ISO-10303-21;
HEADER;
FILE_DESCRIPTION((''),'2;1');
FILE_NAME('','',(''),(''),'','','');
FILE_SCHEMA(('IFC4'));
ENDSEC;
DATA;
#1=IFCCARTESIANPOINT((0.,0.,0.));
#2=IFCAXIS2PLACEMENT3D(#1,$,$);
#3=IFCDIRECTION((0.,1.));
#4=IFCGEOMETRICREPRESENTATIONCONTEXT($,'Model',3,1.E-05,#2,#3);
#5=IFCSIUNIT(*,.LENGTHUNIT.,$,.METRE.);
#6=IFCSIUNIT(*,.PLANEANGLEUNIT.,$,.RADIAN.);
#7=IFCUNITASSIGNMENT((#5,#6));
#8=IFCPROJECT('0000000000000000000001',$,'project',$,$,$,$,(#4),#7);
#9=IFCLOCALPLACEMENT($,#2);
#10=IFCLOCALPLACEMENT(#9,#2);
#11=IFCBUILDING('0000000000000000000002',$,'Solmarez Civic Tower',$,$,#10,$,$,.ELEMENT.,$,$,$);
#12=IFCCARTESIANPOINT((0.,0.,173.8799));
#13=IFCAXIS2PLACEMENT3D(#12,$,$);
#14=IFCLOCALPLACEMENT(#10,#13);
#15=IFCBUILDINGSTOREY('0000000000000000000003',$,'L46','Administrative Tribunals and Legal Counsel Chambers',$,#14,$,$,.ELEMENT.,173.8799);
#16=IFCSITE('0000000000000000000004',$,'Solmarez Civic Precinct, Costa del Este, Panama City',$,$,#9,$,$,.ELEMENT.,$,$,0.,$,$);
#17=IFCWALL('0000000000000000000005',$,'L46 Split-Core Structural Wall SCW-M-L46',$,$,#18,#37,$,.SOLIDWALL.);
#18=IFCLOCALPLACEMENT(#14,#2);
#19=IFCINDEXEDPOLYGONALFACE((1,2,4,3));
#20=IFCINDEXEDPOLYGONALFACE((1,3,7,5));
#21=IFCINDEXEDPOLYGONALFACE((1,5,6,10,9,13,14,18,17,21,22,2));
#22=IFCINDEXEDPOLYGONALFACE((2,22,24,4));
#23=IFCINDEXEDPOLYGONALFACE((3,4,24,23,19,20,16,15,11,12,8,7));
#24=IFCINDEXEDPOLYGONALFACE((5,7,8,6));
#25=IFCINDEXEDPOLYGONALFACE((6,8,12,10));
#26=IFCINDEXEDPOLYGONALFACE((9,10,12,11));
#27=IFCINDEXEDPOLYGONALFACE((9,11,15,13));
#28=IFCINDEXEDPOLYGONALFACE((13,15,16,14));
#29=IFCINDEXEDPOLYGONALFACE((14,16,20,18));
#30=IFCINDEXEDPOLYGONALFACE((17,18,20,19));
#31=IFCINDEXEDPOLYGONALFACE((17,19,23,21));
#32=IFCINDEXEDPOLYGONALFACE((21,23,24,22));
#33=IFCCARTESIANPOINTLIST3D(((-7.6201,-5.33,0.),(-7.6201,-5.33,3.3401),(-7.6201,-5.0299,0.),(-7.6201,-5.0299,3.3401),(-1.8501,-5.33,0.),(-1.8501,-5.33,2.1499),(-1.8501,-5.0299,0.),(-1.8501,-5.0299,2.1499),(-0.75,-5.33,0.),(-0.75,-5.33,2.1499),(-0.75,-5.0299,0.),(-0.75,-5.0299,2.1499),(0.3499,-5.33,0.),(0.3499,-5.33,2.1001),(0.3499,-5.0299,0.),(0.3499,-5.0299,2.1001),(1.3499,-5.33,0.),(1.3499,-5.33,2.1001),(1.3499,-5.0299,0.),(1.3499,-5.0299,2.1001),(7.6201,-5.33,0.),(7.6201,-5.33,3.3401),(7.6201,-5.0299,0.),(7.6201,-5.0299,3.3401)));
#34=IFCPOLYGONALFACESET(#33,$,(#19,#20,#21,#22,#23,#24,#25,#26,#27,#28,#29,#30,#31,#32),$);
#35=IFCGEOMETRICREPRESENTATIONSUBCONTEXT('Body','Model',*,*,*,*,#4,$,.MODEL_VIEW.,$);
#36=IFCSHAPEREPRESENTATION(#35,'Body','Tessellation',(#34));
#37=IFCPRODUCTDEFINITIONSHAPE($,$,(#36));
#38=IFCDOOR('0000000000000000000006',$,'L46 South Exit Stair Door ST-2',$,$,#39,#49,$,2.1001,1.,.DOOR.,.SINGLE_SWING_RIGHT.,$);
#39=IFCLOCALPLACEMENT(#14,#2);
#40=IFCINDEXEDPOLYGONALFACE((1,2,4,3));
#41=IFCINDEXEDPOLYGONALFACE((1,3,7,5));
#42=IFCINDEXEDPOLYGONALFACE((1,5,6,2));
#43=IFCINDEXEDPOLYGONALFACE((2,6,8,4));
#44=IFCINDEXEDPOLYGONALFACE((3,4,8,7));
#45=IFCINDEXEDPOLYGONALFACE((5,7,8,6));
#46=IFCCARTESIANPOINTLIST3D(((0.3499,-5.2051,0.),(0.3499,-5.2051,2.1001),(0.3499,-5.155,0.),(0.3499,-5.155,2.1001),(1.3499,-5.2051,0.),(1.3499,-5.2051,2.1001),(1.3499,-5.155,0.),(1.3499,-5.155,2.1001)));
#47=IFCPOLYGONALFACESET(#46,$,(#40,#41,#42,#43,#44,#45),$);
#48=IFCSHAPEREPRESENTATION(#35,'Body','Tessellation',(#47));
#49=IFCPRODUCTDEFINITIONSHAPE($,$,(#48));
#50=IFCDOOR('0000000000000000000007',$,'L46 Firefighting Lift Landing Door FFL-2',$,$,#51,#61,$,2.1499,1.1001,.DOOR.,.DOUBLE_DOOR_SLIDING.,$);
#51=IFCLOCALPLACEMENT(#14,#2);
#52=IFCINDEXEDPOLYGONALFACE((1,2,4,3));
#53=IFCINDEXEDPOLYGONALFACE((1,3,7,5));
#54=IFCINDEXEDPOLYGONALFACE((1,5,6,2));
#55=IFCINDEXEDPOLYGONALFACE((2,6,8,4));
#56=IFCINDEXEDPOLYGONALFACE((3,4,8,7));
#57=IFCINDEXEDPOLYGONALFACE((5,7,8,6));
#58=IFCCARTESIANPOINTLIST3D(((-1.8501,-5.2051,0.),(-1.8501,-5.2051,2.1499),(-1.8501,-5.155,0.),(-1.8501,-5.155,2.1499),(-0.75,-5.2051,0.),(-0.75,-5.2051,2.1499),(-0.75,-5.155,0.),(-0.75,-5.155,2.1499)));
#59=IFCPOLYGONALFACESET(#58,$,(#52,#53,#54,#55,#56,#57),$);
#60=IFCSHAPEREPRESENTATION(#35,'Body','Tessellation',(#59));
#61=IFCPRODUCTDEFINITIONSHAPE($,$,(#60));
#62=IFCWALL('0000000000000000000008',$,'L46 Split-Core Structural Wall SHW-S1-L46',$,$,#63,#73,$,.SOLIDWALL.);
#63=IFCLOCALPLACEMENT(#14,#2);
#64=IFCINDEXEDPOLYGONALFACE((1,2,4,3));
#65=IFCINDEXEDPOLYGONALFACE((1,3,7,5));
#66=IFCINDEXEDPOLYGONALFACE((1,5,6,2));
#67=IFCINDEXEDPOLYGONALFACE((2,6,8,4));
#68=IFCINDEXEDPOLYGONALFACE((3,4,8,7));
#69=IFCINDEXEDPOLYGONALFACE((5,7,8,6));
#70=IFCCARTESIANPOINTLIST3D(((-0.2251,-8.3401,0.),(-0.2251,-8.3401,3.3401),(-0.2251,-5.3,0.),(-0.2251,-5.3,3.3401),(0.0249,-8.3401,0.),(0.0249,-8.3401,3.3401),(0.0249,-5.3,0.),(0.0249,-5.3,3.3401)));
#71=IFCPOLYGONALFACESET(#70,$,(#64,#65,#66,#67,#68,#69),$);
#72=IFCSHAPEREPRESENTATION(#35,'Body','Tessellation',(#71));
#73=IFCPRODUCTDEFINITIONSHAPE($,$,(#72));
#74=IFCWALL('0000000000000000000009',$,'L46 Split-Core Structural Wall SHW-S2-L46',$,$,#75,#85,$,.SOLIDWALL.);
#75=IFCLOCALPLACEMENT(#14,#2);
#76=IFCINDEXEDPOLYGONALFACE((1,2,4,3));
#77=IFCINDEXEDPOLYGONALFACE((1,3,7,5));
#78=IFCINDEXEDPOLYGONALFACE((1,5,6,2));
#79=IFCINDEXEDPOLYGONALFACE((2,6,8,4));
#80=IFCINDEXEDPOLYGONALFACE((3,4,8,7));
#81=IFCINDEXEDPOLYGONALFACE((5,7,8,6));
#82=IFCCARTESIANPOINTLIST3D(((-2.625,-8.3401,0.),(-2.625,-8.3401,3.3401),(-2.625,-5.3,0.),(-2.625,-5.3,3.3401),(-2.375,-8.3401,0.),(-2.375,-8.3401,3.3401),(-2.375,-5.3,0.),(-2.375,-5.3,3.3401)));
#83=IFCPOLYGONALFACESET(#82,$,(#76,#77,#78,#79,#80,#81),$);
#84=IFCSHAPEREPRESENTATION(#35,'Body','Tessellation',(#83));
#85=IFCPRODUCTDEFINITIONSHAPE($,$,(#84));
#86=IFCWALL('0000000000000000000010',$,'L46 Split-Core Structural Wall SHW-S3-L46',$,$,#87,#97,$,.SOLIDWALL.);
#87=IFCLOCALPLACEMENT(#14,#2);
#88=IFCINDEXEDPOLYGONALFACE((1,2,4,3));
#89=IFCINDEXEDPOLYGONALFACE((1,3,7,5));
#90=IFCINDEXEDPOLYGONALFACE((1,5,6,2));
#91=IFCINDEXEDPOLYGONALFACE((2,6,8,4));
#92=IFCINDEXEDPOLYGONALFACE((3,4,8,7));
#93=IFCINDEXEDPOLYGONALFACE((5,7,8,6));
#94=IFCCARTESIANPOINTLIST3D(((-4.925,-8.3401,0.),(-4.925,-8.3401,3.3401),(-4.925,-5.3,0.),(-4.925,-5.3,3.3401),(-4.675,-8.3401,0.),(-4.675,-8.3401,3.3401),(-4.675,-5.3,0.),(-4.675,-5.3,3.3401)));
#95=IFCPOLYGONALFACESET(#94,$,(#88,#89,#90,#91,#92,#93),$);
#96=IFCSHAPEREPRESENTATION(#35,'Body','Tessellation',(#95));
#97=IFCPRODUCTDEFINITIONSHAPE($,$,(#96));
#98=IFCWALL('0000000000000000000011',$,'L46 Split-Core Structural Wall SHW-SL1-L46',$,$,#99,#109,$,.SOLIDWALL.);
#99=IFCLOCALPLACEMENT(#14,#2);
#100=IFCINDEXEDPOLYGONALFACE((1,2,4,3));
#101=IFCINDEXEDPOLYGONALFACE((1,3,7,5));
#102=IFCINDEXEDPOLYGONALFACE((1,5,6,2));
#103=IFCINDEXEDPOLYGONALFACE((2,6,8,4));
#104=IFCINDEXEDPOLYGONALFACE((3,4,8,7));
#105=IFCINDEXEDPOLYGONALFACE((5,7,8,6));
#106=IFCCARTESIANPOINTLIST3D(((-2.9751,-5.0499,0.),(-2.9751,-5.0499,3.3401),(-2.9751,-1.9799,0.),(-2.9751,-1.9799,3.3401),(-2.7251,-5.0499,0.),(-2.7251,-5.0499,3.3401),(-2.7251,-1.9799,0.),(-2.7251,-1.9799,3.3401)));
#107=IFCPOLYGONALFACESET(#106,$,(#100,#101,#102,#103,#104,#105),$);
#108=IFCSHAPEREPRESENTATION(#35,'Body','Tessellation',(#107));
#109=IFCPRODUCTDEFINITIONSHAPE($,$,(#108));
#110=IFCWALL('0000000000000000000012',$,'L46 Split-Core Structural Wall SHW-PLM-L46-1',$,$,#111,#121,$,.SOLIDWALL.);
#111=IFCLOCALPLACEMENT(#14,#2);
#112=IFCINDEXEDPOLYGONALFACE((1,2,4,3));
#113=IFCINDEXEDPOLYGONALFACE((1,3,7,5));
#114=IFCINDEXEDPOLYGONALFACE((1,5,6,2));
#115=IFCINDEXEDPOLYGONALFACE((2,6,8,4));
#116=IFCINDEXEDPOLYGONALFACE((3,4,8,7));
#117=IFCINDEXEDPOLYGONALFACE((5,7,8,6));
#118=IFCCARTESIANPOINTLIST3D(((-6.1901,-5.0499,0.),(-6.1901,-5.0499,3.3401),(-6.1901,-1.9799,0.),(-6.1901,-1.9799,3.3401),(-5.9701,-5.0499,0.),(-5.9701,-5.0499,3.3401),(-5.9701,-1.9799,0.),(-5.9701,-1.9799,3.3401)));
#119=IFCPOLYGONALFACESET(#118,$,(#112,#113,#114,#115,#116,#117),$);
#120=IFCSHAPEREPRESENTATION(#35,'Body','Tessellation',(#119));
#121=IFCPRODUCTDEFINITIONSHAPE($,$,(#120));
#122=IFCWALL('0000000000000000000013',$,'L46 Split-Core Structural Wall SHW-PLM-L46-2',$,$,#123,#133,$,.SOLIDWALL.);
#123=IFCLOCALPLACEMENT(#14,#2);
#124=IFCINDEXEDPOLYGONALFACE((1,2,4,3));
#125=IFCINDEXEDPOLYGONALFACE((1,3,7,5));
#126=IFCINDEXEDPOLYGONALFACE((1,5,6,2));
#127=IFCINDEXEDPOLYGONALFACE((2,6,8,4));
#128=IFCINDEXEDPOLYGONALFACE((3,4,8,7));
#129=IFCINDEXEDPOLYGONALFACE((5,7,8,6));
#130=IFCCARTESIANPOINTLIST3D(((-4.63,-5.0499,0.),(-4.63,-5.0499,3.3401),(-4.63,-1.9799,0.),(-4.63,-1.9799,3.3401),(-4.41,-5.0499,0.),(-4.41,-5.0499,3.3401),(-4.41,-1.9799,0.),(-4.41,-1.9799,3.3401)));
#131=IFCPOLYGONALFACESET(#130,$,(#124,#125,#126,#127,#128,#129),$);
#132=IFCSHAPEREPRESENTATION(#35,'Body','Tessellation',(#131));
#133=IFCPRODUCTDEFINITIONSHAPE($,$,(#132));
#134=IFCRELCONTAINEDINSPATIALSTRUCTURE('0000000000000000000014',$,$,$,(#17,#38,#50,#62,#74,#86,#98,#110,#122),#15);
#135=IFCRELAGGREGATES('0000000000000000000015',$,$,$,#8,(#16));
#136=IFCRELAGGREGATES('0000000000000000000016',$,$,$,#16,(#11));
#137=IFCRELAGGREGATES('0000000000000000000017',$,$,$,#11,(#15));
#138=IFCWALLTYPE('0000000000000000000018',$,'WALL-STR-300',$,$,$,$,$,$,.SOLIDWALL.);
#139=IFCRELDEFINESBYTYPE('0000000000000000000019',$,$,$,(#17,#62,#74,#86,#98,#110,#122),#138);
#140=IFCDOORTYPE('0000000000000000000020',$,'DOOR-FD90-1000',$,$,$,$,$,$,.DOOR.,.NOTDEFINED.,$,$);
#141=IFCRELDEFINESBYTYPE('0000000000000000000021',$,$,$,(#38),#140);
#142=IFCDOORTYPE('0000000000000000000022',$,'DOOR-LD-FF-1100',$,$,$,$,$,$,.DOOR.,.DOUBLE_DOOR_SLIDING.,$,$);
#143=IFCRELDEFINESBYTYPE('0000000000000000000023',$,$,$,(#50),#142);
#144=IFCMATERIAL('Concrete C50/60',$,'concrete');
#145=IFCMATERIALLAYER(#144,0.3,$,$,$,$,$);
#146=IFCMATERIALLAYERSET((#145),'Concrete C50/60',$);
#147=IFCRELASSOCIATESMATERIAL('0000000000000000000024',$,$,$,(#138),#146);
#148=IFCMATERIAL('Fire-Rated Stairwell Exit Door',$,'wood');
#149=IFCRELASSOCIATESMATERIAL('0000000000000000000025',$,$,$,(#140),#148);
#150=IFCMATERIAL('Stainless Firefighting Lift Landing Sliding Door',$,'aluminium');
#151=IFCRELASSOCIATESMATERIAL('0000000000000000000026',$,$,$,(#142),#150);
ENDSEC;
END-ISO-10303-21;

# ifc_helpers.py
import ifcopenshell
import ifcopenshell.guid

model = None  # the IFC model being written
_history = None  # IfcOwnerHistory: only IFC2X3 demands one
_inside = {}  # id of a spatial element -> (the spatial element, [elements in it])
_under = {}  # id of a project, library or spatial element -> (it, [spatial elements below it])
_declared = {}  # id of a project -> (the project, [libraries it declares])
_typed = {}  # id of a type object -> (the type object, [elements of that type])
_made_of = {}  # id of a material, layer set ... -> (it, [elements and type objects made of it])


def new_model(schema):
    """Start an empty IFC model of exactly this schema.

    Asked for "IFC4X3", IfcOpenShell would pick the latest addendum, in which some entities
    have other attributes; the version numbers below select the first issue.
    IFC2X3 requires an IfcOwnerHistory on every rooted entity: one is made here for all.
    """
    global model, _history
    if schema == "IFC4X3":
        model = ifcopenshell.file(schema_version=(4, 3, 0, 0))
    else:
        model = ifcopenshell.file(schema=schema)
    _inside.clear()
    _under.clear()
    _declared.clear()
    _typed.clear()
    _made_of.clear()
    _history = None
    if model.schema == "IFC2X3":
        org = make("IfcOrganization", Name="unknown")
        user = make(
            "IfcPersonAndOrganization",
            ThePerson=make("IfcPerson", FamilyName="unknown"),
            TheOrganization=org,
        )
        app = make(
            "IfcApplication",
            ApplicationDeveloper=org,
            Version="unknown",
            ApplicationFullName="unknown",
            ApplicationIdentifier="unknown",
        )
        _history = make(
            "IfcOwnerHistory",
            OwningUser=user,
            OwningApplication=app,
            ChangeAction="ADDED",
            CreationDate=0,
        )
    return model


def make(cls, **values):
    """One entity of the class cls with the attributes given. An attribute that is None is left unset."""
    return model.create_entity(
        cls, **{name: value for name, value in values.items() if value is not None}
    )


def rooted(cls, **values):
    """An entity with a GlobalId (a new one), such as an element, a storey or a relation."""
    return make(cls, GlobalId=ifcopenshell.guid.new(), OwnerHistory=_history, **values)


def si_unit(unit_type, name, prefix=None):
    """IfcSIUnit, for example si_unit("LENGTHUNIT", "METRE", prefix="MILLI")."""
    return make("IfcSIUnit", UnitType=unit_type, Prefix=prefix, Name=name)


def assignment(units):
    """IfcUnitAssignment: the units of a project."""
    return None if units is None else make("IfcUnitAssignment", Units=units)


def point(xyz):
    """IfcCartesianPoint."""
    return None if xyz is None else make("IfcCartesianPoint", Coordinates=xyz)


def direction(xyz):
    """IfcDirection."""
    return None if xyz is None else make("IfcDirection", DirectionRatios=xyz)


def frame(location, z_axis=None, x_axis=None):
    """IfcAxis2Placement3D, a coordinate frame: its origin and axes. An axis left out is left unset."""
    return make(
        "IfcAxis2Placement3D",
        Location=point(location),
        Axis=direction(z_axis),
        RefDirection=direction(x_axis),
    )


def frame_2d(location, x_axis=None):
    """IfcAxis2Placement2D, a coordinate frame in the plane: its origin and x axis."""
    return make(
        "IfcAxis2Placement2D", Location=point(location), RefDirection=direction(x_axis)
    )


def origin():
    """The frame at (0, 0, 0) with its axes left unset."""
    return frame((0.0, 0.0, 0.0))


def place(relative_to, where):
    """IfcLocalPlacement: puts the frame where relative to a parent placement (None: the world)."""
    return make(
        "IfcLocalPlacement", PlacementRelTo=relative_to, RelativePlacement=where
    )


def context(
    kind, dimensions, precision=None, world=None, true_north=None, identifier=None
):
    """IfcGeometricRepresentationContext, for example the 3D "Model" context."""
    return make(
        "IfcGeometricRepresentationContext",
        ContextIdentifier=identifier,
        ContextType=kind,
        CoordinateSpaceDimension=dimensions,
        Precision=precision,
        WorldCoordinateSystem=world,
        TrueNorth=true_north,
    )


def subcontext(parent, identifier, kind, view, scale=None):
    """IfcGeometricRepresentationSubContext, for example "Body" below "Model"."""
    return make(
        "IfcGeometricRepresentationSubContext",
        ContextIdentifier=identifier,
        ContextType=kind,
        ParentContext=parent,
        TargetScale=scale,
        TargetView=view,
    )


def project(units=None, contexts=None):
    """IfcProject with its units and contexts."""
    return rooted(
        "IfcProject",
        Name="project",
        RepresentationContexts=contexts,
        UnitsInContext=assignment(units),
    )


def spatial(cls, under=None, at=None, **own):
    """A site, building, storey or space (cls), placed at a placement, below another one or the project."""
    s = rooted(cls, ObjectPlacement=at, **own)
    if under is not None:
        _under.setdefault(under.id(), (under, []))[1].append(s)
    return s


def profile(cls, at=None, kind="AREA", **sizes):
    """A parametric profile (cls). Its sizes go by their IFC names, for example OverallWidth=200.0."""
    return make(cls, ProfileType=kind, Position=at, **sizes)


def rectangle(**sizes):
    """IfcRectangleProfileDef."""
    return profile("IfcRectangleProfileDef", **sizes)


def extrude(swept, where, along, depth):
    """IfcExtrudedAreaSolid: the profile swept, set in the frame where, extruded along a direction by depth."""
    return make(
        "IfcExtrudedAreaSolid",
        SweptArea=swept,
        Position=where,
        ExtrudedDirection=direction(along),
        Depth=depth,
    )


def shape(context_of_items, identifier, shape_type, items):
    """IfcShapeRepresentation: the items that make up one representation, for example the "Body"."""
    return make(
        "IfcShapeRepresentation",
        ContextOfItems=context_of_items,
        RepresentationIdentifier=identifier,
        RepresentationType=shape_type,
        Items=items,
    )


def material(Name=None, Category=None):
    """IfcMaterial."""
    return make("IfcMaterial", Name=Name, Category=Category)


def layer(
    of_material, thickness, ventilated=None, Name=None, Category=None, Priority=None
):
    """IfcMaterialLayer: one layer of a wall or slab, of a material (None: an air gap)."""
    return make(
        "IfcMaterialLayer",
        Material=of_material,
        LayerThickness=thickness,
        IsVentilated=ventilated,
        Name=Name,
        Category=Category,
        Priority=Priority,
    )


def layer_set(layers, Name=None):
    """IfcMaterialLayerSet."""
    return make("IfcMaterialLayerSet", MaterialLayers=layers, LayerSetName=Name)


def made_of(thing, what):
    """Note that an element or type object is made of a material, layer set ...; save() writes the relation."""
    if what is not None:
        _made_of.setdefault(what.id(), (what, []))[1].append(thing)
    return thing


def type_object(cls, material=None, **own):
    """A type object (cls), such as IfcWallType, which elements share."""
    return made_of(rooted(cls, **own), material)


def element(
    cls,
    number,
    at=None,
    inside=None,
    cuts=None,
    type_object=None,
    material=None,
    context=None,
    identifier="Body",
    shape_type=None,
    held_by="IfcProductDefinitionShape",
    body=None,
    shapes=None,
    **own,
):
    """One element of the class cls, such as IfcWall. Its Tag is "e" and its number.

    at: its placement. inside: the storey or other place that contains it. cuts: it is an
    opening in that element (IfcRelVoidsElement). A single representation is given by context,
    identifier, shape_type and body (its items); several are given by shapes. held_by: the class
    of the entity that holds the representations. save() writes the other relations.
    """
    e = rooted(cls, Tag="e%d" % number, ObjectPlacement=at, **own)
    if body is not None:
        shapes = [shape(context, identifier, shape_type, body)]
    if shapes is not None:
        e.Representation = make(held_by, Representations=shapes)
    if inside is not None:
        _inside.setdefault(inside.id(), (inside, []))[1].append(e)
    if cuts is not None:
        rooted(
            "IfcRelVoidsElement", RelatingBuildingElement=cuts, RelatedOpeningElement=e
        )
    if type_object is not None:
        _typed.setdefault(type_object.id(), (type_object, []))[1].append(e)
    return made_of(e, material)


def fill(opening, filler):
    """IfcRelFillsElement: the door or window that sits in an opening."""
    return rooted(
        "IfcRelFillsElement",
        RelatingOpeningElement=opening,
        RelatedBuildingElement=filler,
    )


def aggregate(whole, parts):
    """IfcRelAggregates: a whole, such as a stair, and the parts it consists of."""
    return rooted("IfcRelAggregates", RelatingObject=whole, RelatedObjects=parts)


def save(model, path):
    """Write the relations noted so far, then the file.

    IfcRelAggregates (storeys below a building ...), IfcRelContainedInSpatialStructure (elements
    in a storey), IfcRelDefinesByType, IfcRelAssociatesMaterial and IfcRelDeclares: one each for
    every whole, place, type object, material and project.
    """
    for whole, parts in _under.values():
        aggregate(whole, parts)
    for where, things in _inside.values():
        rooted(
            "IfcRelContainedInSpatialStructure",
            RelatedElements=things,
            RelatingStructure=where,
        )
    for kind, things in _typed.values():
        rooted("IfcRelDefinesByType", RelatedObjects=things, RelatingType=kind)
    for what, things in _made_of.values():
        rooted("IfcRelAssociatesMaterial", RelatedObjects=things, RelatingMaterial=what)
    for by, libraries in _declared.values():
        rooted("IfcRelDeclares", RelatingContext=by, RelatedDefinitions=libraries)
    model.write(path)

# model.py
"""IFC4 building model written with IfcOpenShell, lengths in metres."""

from ifc_helpers import new_model, si_unit, direction, frame, frame_2d, origin, place, context, subcontext, project, spatial, rectangle, extrude, material, layer, layer_set, type_object, element, fill, save


model = new_model("IFC4")

# Units and contexts
model_context = context("Model", 3, precision=1e-05, world=origin(), true_north=direction((0.0, 1.0)))
body_context = subcontext(model_context, "Body", "Model", "MODEL_VIEW")
ifc_project = project(units=[si_unit("LENGTHUNIT", "METRE"), si_unit("PLANEANGLEUNIT", "RADIAN")], contexts=[model_context])

# Site, building, storey
site_placement = place(None, origin())
site = spatial("IfcSite", under=ifc_project, at=site_placement, Name="Solmarez Civic Precinct, Costa del Este, Panama City", CompositionType="ELEMENT", RefElevation=0.0)
building_placement = place(site_placement, origin())
building = spatial("IfcBuilding", under=site, at=building_placement, Name="Solmarez Civic Tower", CompositionType="ELEMENT")
storey_placement = place(building_placement, frame((0.0, 0.0, 173.8799)))
storey = spatial("IfcBuildingStorey", under=building, at=storey_placement, Name="L46", Description="Administrative Tribunals and Legal Counsel Chambers", CompositionType="ELEMENT", Elevation=173.8799)

# Shared definitions
ifc_material_1 = material(Name="Concrete C50/60", Category="concrete")

# Wall, openings, doors
ifc_layer_1 = layer(ifc_material_1, 0.3)
ifc_layer_set_1 = layer_set([ifc_layer_1], Name="Concrete C50/60")
wall_type_1 = type_object("IfcWallType", Name="WALL-STR-300", PredefinedType="SOLIDWALL", material=ifc_layer_set_1)
wall_1_placement = place(storey_placement, frame((-7.6201, -5.1799, 0.0), z_axis=(0.0, 0.0, 1.0), x_axis=(1.0, 0.0, 0.0)))
wall_1 = element("IfcWall", 1, at=wall_1_placement, inside=storey, type_object=wall_type_1, Name="L46 Split-Core Structural Wall SCW-M-L46", PredefinedType="SOLIDWALL", context=body_context, shape_type="SweptSolid", body=[
    extrude(rectangle(XDim=15.2402, YDim=0.3, at=frame_2d((7.6201, 0.0))), origin(), (0.0, 0.0, 1.0), 3.3401),
])
opening_1_placement = place(wall_1_placement, frame((5.77, 0.0, 0.0)))
opening_1 = element("IfcOpeningElement", 2, at=opening_1_placement, cuts=wall_1, PredefinedType="OPENING", context=body_context, shape_type="SweptSolid", body=[
    extrude(rectangle(XDim=1.1001, YDim=2.1499, at=frame_2d((0.55, 1.075))), frame((0.0, 0.1599, 0.0), z_axis=(0.0, -1.0, 0.0), x_axis=(1.0, 0.0, 0.0)), (0.0, 0.0, 1.0), 0.3201),
])
opening_2_placement = place(wall_1_placement, frame((7.97, 0.0, 0.0)))
opening_2 = element("IfcOpeningElement", 3, at=opening_2_placement, cuts=wall_1, PredefinedType="OPENING", context=body_context, shape_type="SweptSolid", body=[
    extrude(rectangle(XDim=1.0, YDim=2.1001, at=frame_2d((0.5, 1.05))), frame((0.0, 0.1599, 0.0), z_axis=(0.0, -1.0, 0.0), x_axis=(1.0, 0.0, 0.0)), (0.0, 0.0, 1.0), 0.3201),
])
ifc_material_2 = material(Name="Fire-Rated Stairwell Exit Door", Category="wood")
door_type_1 = type_object("IfcDoorType", Name="DOOR-FD90-1000", OperationType="NOTDEFINED", PredefinedType="DOOR", material=ifc_material_2)
door_1_placement = place(opening_2_placement, origin())
door_1 = element("IfcDoor", 4, at=door_1_placement, inside=storey, type_object=door_type_1, Name="L46 South Exit Stair Door ST-2", OperationType="SINGLE_SWING_RIGHT", OverallHeight=2.1001, OverallWidth=1.0, PredefinedType="DOOR", context=body_context, shape_type="SweptSolid", body=[
    extrude(rectangle(XDim=1.0, YDim=2.1001, at=frame_2d((0.5, 1.05))), frame((0.0, 0.0249, 0.0), z_axis=(0.0, -1.0, 0.0), x_axis=(1.0, 0.0, 0.0)), (0.0, 0.0, 1.0), 0.05),
])
fill(opening_2, door_1)
ifc_material_3 = material(Name="Stainless Firefighting Lift Landing Sliding Door", Category="aluminium")
door_type_2 = type_object("IfcDoorType", Name="DOOR-LD-FF-1100", OperationType="DOUBLE_DOOR_SLIDING", PredefinedType="DOOR", material=ifc_material_3)
door_2_placement = place(opening_1_placement, origin())
door_2 = element("IfcDoor", 5, at=door_2_placement, inside=storey, type_object=door_type_2, Name="L46 Firefighting Lift Landing Door FFL-2", OperationType="DOUBLE_DOOR_SLIDING", OverallHeight=2.1499, OverallWidth=1.1001, PredefinedType="DOOR", context=body_context, shape_type="SweptSolid", body=[
    extrude(rectangle(XDim=1.1001, YDim=2.1499, at=frame_2d((0.55, 1.075))), frame((0.0, 0.0249, 0.0), z_axis=(0.0, -1.0, 0.0), x_axis=(1.0, 0.0, 0.0)), (0.0, 0.0, 1.0), 0.05),
])
fill(opening_1, door_2)

# Walls
for number, where, z_axis, x_axis, name in (
    (6, (-0.1001, -8.3401, 0.0), (0.0, 0.0, 1.0), (0.0, 1.0, 0.0), "L46 Split-Core Structural Wall SHW-S1-L46"),
    (7, (-2.5, -8.3401, 0.0), (0.0, 0.0, 1.0), (0.0, 1.0, 0.0), "L46 Split-Core Structural Wall SHW-S2-L46"),
    (8, (-4.8, -8.3401, 0.0), (0.0, 0.0, 1.0), (0.0, 1.0, 0.0), "L46 Split-Core Structural Wall SHW-S3-L46"),
):
    element("IfcWall", number, at=place(storey_placement, frame(where, z_axis=z_axis, x_axis=x_axis)), inside=storey, type_object=wall_type_1, Name=name, PredefinedType="SOLIDWALL", context=body_context, shape_type="SweptSolid", body=[
        extrude(rectangle(XDim=3.04, YDim=0.25, at=frame_2d((1.52, 0.0))), origin(), (0.0, 0.0, 1.0), 3.3401),
    ])
wall_2_placement = place(storey_placement, frame((-2.8501, -5.05, 0.0), z_axis=(0.0, 0.0, 1.0), x_axis=(0.0, 1.0, 0.0)))
element("IfcWall", 9, at=wall_2_placement, inside=storey, type_object=wall_type_1, Name="L46 Split-Core Structural Wall SHW-SL1-L46", PredefinedType="SOLIDWALL", context=body_context, shape_type="SweptSolid", body=[
    extrude(rectangle(XDim=3.0701, YDim=0.25, at=frame_2d((1.5352, 0.0))), origin(), (0.0, 0.0, 1.0), 3.3401),
])
for number, where, z_axis, x_axis, name in (
    (10, (-6.0801, -5.05, 0.0), (0.0, 0.0, 1.0), (0.0, 1.0, 0.0), "L46 Split-Core Structural Wall SHW-PLM-L46-1"),
    (11, (-4.52, -5.05, 0.0), (0.0, 0.0, 1.0), (0.0, 1.0, 0.0), "L46 Split-Core Structural Wall SHW-PLM-L46-2"),
):
    element("IfcWall", number, at=place(storey_placement, frame(where, z_axis=z_axis, x_axis=x_axis)), inside=storey, type_object=wall_type_1, Name=name, PredefinedType="SOLIDWALL", context=body_context, shape_type="SweptSolid", body=[
        extrude(rectangle(XDim=3.0701, YDim=0.22, at=frame_2d((1.5352, 0.0))), origin(), (0.0, 0.0, 1.0), 3.3401),
    ])

save(model, "model.ifc")
